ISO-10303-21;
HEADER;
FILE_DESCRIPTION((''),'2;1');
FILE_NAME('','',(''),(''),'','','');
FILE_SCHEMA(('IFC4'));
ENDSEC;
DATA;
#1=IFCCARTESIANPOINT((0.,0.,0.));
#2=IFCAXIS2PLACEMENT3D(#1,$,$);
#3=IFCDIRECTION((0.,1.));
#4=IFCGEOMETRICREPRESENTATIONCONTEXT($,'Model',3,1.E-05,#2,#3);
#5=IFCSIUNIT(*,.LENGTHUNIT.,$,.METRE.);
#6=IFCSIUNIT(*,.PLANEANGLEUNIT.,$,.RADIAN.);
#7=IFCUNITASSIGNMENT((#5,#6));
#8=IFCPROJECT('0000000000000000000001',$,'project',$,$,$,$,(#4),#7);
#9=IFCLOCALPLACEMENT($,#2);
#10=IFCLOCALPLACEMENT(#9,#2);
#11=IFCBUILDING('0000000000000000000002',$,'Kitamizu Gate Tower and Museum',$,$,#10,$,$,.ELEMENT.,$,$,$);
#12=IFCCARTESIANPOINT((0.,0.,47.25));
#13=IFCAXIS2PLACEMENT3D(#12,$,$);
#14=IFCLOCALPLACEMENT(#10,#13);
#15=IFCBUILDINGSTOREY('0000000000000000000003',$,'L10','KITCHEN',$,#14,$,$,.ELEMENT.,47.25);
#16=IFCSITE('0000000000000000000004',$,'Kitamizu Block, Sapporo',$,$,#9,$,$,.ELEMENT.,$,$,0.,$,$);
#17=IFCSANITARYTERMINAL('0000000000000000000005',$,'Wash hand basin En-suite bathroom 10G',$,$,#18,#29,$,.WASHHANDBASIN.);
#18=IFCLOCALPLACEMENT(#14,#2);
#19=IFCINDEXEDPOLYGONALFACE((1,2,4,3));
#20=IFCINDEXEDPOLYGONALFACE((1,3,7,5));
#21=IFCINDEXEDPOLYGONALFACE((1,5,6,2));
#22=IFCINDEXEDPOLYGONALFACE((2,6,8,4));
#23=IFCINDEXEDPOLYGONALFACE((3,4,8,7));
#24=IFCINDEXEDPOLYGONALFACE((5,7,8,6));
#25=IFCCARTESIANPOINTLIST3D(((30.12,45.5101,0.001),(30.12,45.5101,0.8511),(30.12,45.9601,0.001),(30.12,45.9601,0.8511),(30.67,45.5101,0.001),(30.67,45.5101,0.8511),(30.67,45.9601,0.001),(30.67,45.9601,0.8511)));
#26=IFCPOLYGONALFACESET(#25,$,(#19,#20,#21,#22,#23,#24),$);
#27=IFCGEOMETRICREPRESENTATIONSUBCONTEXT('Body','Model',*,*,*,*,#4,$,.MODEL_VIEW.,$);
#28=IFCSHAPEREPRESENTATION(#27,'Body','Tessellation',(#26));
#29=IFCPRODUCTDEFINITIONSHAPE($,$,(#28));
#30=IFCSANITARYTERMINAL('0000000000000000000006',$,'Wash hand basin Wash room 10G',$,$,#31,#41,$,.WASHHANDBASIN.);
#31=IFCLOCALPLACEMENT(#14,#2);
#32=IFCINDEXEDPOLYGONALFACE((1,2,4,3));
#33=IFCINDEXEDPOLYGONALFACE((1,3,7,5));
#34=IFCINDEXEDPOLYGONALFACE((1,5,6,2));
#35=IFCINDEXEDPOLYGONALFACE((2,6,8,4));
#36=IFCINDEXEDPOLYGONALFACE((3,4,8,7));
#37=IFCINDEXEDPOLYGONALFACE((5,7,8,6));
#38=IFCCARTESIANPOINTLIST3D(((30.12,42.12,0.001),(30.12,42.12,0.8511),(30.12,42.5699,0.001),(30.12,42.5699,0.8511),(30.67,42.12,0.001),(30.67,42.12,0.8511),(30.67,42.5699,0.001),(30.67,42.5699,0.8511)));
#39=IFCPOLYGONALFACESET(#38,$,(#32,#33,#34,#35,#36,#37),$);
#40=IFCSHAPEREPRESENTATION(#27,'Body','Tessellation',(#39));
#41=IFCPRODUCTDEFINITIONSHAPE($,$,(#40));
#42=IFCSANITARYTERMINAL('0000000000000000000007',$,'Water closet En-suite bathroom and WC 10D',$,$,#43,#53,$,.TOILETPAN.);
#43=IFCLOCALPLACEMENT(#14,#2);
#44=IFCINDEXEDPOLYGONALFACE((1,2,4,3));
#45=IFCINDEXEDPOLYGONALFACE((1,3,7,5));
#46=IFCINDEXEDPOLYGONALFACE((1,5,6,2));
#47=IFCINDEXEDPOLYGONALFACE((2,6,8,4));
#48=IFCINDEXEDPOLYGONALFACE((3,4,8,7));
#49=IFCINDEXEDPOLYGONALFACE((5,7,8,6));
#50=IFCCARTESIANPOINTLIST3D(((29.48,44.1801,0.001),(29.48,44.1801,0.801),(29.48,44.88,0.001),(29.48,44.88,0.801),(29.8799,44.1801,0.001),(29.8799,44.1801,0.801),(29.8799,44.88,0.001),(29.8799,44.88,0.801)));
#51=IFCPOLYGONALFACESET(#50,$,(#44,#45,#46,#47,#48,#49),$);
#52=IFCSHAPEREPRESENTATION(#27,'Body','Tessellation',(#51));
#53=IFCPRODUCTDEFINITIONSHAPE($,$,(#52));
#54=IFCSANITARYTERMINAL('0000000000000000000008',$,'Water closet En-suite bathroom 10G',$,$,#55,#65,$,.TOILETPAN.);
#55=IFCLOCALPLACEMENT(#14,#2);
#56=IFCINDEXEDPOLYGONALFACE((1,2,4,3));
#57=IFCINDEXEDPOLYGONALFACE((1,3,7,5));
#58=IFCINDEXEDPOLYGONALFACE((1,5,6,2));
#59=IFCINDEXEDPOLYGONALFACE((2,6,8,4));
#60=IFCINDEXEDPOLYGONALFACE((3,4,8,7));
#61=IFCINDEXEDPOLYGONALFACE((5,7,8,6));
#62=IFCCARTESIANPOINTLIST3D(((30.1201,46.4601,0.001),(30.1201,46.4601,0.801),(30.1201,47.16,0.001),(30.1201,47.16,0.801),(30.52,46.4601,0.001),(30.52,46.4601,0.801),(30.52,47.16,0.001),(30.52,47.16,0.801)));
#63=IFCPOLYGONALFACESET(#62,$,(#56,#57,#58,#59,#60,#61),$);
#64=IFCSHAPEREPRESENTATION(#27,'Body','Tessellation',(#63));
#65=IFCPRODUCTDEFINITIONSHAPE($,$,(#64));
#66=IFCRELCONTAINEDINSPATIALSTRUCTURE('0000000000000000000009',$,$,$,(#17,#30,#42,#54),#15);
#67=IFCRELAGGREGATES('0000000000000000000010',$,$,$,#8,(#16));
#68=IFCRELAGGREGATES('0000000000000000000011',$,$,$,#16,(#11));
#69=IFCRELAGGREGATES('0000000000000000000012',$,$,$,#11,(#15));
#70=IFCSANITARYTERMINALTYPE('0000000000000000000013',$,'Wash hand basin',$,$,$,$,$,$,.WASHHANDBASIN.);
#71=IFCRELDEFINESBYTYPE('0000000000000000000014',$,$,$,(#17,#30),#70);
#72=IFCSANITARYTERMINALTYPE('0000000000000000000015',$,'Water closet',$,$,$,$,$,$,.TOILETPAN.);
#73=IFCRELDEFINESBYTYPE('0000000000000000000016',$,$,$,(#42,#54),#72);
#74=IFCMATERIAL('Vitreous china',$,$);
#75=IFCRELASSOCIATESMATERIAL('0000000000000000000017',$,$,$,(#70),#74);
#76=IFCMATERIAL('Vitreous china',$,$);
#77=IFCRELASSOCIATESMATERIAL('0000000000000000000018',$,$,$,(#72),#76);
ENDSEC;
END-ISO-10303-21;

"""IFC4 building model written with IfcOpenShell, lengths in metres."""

from ifc_helpers import new_model, si_unit, direction, frame, origin, origin_2d, place, context, subcontext, project, spatial, rectangle, extrude, material, type_object, element, save


model = new_model("IFC4")

# Units and contexts
model_context = context("Model", 3, precision=1e-05, world=origin(), true_north=direction((0.0, 1.0)))
body_context = subcontext(model_context, "Body", "Model", "MODEL_VIEW")
ifc_project = project(units=[si_unit("LENGTHUNIT", "METRE"), si_unit("PLANEANGLEUNIT", "RADIAN")], contexts=[model_context])

# Site, building, storey
site_placement = place(None, origin())
site = spatial("IfcSite", under=ifc_project, at=site_placement, Name="Kitamizu Block, Sapporo", CompositionType="ELEMENT", RefElevation=0.0)
building_placement = place(site_placement, origin())
building = spatial("IfcBuilding", under=site, at=building_placement, Name="Kitamizu Gate Tower and Museum", CompositionType="ELEMENT")
storey_placement = place(building_placement, frame((0.0, 0.0, 47.25)))
storey = spatial("IfcBuildingStorey", under=building, at=storey_placement, Name="L10", Description="KITCHEN", CompositionType="ELEMENT", Elevation=47.25)

# Sanitary terminals
ifc_material_1 = material(Name="Vitreous china")
sanitary_terminal_type_1 = type_object("IfcSanitaryTerminalType", Name="Wash hand basin", PredefinedType="WASHHANDBASIN", material=ifc_material_1)
for number, where, z_axis, x_axis, name in (
    (1, (30.395, 45.7351, 0.001), (0.0, 0.0, 1.0), (1.0, 0.0, 0.0), "Wash hand basin En-suite bathroom 10G"),
    (2, (30.395, 42.345, 0.001), (0.0, 0.0, 1.0), (1.0, 0.0, 0.0), "Wash hand basin Wash room 10G"),
):
    element("IfcSanitaryTerminal", number, at=place(storey_placement, frame(where, z_axis=z_axis, x_axis=x_axis)), inside=storey, type_object=sanitary_terminal_type_1, Name=name, PredefinedType="WASHHANDBASIN", context=body_context, shape_type="SweptSolid", body=[
        extrude(rectangle(XDim=0.55, YDim=0.45, at=origin_2d()), origin(), (0.0, 0.0, 1.0), 0.8501),
    ])
ifc_material_2 = material(Name="Vitreous china")
sanitary_terminal_type_2 = type_object("IfcSanitaryTerminalType", Name="Water closet", PredefinedType="TOILETPAN", material=ifc_material_2)
for number, where, z_axis, x_axis, name in (
    (3, (29.6799, 44.53, 0.001), (0.0, 0.0, 1.0), (1.0, 0.0, 0.0), "Water closet En-suite bathroom and WC 10D"),
    (4, (30.3201, 46.8101, 0.001), (0.0, 0.0, 1.0), (1.0, 0.0, 0.0), "Water closet En-suite bathroom 10G"),
):
    element("IfcSanitaryTerminal", number, at=place(storey_placement, frame(where, z_axis=z_axis, x_axis=x_axis)), inside=storey, type_object=sanitary_terminal_type_2, Name=name, PredefinedType="TOILETPAN", context=body_context, shape_type="SweptSolid", body=[
        extrude(rectangle(XDim=0.3999, YDim=0.7, at=origin_2d()), origin(), (0.0, 0.0, 1.0), 0.8),
    ])

save(model, "model.ifc")
